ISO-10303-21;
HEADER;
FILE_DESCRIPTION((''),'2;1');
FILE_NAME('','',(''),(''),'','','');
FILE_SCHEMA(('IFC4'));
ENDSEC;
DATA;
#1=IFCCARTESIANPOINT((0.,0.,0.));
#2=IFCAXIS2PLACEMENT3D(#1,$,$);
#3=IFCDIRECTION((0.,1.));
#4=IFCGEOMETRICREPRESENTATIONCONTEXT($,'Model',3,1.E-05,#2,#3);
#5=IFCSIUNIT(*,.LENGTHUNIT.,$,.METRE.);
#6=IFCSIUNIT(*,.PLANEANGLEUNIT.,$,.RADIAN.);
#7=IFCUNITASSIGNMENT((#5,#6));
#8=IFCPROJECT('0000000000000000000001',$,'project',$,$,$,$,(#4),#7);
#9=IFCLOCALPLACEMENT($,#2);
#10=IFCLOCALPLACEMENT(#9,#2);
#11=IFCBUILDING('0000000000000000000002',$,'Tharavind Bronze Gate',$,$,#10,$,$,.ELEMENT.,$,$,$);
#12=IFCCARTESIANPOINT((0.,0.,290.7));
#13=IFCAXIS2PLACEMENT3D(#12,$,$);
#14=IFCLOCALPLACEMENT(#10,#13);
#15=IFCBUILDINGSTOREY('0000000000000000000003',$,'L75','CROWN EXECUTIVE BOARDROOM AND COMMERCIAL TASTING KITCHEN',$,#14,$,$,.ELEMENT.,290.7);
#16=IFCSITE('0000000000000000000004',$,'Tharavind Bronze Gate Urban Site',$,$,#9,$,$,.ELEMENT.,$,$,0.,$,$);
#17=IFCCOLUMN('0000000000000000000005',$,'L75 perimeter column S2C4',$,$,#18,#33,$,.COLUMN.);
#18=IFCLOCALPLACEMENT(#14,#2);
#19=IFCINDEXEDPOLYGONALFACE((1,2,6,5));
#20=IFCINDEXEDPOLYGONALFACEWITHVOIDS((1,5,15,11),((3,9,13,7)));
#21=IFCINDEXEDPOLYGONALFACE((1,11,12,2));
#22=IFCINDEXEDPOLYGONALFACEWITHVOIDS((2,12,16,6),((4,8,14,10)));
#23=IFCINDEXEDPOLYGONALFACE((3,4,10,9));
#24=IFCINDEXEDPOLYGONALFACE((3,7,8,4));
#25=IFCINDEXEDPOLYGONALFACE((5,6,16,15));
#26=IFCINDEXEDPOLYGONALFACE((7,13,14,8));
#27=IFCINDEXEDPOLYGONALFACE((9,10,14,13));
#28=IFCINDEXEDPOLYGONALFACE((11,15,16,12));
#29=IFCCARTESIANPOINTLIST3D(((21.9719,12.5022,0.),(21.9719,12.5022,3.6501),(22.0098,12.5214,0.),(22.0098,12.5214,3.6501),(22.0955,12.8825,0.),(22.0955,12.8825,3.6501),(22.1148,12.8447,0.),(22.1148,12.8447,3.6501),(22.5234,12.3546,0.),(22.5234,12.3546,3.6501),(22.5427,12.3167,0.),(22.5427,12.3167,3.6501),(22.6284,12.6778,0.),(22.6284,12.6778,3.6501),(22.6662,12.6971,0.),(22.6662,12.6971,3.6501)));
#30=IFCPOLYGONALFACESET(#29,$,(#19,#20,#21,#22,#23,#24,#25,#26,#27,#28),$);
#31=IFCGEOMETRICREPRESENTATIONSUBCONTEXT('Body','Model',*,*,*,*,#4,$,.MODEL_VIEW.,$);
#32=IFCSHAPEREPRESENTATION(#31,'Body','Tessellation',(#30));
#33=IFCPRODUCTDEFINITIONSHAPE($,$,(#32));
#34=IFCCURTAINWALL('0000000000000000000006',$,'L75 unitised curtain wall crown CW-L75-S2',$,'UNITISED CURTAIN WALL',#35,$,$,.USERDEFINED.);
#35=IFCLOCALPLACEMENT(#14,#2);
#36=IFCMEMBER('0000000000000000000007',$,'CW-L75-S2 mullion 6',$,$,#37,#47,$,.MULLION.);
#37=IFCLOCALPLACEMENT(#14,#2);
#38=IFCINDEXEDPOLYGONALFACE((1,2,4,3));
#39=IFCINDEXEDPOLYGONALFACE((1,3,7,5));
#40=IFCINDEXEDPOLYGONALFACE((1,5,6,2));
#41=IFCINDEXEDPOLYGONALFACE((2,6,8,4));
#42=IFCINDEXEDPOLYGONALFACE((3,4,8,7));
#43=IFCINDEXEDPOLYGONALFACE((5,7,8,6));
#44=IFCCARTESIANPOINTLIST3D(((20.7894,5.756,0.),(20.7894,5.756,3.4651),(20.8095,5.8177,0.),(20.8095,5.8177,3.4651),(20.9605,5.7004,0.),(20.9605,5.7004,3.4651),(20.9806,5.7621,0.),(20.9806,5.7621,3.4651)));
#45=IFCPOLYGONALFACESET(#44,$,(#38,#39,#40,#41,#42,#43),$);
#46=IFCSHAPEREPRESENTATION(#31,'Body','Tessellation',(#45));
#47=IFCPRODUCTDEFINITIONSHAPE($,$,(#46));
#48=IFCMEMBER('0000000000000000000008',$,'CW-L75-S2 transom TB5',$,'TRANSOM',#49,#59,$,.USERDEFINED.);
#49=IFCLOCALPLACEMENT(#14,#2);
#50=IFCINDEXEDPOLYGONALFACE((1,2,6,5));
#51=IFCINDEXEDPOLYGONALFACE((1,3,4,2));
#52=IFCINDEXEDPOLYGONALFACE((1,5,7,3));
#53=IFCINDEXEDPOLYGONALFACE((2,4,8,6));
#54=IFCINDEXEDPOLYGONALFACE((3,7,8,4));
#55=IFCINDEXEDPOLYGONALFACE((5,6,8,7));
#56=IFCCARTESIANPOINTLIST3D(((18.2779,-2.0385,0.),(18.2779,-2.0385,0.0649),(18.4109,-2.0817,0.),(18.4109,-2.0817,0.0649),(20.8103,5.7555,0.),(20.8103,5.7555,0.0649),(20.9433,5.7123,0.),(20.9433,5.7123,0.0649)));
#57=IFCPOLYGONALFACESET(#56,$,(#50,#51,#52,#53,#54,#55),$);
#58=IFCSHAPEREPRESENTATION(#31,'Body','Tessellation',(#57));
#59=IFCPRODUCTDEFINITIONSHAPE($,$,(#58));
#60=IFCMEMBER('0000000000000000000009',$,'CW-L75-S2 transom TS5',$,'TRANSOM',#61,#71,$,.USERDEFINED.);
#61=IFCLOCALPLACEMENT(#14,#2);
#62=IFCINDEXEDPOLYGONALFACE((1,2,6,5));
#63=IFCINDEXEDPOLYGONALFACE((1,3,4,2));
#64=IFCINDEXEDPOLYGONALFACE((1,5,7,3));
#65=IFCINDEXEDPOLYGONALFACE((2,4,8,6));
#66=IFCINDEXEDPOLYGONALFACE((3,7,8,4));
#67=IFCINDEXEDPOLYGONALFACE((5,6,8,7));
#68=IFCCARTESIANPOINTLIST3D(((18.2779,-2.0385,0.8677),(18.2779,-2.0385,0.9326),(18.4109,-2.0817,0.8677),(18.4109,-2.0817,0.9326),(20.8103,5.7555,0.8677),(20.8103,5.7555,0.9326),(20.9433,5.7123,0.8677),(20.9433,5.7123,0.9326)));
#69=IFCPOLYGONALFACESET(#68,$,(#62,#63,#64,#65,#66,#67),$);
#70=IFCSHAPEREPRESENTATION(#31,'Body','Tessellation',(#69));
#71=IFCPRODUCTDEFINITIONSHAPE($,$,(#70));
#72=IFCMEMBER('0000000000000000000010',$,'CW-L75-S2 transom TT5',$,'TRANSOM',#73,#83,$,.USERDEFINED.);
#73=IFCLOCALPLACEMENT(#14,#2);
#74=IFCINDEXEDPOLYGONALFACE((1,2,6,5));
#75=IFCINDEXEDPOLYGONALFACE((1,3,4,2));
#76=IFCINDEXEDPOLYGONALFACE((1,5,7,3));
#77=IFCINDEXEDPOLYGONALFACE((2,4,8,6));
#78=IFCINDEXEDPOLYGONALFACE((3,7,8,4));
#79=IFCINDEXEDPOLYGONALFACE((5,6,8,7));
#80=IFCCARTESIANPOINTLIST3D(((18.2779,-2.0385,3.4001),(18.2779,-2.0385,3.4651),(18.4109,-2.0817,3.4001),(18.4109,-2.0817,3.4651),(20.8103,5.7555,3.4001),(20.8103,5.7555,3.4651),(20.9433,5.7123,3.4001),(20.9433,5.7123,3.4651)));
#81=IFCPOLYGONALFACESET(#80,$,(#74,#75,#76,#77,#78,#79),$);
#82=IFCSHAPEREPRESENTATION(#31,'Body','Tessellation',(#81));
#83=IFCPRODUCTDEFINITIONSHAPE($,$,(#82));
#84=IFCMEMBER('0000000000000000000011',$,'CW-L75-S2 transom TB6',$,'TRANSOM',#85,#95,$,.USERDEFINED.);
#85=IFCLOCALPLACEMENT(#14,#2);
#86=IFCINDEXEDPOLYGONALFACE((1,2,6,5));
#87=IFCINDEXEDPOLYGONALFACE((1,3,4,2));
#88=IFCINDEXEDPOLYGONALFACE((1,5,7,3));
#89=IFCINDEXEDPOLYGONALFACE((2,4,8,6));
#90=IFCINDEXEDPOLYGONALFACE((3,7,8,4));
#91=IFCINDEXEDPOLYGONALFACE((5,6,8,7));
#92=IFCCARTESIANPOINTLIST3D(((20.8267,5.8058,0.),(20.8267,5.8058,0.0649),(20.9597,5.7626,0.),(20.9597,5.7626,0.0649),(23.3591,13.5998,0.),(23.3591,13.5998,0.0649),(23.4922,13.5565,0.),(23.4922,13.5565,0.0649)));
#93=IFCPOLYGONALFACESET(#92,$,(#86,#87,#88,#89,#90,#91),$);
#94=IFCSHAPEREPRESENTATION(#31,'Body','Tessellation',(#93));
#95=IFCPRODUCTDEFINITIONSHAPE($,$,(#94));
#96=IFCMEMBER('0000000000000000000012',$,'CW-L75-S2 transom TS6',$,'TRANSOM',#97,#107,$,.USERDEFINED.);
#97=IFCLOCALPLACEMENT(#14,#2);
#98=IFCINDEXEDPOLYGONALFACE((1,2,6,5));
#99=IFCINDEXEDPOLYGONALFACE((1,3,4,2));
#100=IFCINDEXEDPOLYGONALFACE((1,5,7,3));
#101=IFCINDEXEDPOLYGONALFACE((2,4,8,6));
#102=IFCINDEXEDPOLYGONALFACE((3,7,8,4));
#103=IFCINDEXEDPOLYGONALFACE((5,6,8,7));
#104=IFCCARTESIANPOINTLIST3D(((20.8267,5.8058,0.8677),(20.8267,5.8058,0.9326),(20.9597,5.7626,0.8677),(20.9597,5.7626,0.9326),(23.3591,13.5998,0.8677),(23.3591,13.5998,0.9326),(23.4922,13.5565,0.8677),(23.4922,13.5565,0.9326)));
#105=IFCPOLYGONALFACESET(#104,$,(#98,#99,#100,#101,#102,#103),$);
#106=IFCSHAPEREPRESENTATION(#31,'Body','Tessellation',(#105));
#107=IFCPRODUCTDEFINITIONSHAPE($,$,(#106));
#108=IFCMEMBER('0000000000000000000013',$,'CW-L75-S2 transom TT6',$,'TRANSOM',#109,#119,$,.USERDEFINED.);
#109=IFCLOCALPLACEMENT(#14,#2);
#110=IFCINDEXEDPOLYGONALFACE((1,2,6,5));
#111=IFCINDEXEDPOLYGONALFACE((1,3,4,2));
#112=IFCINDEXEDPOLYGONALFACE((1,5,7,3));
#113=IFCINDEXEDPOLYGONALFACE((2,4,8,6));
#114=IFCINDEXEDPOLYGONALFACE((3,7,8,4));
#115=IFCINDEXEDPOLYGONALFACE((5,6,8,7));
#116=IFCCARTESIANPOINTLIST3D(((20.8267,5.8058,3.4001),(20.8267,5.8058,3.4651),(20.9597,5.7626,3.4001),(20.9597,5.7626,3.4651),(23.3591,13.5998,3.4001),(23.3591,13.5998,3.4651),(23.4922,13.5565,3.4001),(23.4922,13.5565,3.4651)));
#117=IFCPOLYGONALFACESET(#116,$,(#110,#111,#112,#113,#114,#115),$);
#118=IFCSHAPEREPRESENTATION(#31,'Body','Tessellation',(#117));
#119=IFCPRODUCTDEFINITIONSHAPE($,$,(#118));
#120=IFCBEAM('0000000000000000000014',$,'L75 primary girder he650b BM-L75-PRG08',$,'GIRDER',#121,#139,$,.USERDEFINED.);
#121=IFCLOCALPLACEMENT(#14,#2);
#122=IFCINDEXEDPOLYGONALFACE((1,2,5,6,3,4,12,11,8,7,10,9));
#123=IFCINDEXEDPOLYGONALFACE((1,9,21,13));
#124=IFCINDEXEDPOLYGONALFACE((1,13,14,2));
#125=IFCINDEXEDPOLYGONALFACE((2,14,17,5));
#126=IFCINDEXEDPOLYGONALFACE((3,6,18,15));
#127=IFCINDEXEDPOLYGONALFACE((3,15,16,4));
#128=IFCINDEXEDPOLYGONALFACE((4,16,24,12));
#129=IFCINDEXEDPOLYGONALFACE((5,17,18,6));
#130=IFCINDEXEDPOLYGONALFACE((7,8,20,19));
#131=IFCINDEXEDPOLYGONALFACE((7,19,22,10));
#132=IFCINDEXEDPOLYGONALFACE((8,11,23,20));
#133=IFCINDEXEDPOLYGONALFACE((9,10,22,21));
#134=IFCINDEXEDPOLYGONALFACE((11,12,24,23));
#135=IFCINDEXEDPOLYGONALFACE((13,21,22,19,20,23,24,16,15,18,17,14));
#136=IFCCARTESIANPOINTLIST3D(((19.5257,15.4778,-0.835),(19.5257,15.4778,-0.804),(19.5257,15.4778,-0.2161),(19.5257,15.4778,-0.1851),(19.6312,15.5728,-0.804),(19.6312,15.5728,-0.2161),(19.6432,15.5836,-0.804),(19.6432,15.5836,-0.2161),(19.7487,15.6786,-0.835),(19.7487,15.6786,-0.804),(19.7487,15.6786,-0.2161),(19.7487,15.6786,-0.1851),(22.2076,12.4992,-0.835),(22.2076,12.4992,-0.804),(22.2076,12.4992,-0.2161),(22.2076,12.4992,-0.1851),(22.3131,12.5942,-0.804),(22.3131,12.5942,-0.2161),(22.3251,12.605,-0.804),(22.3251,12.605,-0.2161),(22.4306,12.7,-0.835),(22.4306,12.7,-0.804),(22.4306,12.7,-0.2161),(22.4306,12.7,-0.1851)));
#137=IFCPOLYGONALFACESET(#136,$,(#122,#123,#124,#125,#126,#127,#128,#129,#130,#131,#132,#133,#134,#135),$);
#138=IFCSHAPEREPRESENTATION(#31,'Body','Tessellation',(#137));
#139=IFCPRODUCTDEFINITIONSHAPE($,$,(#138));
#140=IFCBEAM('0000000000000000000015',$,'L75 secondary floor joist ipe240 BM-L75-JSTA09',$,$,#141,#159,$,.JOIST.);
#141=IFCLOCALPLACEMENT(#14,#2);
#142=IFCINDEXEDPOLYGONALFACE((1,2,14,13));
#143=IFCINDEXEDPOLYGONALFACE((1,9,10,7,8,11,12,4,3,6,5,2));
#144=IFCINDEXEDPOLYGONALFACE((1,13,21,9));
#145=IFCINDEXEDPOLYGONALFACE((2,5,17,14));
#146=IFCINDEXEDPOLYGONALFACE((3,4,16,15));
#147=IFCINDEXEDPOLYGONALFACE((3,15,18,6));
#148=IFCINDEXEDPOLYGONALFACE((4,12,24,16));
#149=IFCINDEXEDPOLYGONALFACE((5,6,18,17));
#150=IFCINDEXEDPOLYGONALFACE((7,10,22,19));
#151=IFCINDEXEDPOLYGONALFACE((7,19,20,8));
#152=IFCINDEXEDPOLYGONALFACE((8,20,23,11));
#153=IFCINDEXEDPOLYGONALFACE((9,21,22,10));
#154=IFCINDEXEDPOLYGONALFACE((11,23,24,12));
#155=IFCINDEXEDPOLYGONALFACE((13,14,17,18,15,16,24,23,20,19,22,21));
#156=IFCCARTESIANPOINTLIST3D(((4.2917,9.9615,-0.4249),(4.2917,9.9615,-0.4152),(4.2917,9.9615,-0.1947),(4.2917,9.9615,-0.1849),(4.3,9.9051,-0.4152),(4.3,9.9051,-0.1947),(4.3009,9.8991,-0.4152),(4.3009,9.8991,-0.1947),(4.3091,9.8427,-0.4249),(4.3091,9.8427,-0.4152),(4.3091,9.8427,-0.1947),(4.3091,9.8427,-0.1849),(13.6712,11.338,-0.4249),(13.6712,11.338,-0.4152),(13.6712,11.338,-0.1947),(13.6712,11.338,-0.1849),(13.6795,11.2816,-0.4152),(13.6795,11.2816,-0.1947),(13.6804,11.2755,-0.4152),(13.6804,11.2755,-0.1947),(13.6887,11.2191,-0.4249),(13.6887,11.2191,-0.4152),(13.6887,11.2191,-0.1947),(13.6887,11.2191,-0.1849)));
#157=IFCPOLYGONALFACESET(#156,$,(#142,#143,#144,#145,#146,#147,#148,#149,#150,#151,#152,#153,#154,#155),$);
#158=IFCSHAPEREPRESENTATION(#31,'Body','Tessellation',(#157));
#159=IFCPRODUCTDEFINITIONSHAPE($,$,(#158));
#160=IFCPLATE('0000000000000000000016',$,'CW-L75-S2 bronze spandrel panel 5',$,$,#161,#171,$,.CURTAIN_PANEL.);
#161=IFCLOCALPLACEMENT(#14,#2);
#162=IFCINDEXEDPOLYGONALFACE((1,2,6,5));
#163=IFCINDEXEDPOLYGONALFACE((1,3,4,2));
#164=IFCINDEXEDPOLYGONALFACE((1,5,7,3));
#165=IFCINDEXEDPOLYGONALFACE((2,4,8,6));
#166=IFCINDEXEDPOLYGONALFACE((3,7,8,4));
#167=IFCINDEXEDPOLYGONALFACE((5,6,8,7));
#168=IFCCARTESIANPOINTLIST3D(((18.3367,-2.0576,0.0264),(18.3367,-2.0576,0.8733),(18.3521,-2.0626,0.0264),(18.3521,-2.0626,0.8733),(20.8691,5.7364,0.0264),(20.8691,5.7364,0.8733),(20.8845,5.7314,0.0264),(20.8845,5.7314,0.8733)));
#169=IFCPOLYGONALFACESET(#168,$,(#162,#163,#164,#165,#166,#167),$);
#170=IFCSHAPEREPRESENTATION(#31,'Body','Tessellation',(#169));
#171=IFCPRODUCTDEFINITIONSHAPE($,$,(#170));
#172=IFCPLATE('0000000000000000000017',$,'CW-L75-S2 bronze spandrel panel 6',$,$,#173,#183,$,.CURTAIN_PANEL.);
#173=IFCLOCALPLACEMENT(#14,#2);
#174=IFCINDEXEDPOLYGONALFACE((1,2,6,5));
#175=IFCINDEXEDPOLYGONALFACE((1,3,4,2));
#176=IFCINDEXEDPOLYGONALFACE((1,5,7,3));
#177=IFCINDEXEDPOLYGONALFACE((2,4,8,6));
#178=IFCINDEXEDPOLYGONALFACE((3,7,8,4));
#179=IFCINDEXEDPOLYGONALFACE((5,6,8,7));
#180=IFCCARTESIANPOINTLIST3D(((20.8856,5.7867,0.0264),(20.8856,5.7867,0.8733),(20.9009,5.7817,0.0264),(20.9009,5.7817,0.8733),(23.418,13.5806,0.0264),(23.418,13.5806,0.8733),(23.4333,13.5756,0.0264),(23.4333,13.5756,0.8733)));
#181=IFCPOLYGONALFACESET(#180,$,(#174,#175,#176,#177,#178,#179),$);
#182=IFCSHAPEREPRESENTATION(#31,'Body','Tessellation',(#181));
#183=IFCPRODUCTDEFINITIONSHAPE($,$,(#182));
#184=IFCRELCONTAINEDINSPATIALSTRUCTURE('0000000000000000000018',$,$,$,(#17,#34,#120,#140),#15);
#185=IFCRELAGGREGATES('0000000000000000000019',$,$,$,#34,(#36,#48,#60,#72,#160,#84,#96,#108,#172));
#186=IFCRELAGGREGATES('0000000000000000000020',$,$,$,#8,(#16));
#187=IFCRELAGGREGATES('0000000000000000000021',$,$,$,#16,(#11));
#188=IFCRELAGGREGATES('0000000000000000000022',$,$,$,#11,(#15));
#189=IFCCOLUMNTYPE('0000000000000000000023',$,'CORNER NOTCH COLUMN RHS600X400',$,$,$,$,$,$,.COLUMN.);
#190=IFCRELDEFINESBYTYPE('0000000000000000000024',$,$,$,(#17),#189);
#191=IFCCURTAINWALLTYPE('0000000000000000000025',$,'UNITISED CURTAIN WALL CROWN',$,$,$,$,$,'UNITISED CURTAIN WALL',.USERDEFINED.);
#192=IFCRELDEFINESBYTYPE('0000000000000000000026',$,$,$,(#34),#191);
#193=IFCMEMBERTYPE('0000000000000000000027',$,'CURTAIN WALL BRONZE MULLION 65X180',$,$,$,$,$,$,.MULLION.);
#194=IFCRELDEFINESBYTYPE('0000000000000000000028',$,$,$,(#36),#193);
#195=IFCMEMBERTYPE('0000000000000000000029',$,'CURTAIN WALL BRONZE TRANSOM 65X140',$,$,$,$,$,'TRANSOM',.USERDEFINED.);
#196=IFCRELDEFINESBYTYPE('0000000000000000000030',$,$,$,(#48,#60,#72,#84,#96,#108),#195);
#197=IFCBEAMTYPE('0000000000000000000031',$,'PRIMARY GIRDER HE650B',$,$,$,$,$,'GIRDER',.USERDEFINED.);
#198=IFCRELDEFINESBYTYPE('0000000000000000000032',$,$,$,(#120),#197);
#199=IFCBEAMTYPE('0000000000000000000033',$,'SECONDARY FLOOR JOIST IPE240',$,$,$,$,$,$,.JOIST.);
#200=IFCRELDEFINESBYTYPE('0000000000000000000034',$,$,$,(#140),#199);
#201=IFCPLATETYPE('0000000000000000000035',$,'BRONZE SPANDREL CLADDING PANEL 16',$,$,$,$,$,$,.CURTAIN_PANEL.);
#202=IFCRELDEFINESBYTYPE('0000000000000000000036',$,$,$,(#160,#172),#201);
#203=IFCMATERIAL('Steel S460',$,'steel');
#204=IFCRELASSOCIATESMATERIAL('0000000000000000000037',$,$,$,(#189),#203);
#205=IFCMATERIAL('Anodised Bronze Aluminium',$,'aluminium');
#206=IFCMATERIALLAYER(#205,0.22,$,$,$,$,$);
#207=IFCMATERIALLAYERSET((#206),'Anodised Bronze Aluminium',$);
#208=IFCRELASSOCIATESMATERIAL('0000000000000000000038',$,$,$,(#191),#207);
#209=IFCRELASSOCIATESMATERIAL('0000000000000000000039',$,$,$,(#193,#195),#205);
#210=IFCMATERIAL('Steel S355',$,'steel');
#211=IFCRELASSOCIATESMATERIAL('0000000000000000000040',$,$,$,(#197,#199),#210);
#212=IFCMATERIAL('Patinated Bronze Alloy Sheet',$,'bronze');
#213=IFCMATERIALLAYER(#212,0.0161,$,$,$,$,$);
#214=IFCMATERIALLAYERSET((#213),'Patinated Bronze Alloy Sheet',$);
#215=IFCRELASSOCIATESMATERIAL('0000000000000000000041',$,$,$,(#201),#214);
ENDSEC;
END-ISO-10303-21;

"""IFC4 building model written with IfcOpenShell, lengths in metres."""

from ifc_helpers import new_model, si_unit, direction, frame, origin, origin_2d, place, context, subcontext, project, spatial, rectangle, hollow_rectangle, i_section, extrude, material, layer, layer_set, material_profile, profile_set, type_object, element, aggregate, save


model = new_model("IFC4")

# Units and contexts
model_context = context("Model", 3, precision=1e-05, world=origin(), true_north=direction((0.0, 1.0)))
body_context = subcontext(model_context, "Body", "Model", "MODEL_VIEW")
ifc_project = project(units=[si_unit("LENGTHUNIT", "METRE"), si_unit("PLANEANGLEUNIT", "RADIAN")], contexts=[model_context])

# Site, building, storey
site_placement = place(None, origin())
site = spatial("IfcSite", under=ifc_project, at=site_placement, Name="Tharavind Bronze Gate Urban Site", CompositionType="ELEMENT", RefElevation=0.0)
building_placement = place(site_placement, origin())
building = spatial("IfcBuilding", under=site, at=building_placement, Name="Tharavind Bronze Gate", CompositionType="ELEMENT")
storey_placement = place(building_placement, frame((0.0, 0.0, 290.7)))
storey = spatial("IfcBuildingStorey", under=building, at=storey_placement, Name="L75", Description="CROWN EXECUTIVE BOARDROOM AND COMMERCIAL TASTING KITCHEN", CompositionType="ELEMENT", Elevation=290.7)

# Column
ifc_material_1 = material(Name="Steel S460", Category="steel")
ifc_material_profile_1 = material_profile(ifc_material_1, hollow_rectangle(XDim=0.3999, YDim=0.6001, WallThickness=0.03, at=origin_2d()), Name="RHS600X400X30")
ifc_profile_set_1 = profile_set([ifc_material_profile_1], Name="Steel S460")
column_type = type_object("IfcColumnType", Name="CORNER NOTCH COLUMN RHS600X400", PredefinedType="COLUMN", material=ifc_profile_set_1)
column_placement = place(storey_placement, frame((22.3191, 12.5996, 0.0), z_axis=(0.0, 0.0, 1.0), x_axis=(0.309019, 0.951056, 0.0)))
element("IfcColumn", 1, at=column_placement, inside=storey, type_object=column_type, Name="L75 perimeter column S2C4", PredefinedType="COLUMN", context=body_context, shape_type="SweptSolid", body=[
    extrude(hollow_rectangle(XDim=0.3999, YDim=0.6001, WallThickness=0.03, at=origin_2d()), origin(), (0.0, 0.0, 1.0), 3.6501),
])

# Curtain wall, members
ifc_material_2 = material(Name="Anodised Bronze Aluminium", Category="aluminium")
ifc_layer_1 = layer(ifc_material_2, 0.22)
ifc_layer_set_1 = layer_set([ifc_layer_1], Name="Anodised Bronze Aluminium")
curtain_wall_type = type_object("IfcCurtainWallType", Name="UNITISED CURTAIN WALL CROWN", ElementType="UNITISED CURTAIN WALL", PredefinedType="USERDEFINED", material=ifc_layer_set_1)
curtain_wall_placement = place(storey_placement, origin())
curtain_wall = element("IfcCurtainWall", 2, at=curtain_wall_placement, inside=storey, type_object=curtain_wall_type, Name="L75 unitised curtain wall crown CW-L75-S2", ObjectType="UNITISED CURTAIN WALL", PredefinedType="USERDEFINED")
member_type_1 = type_object("IfcMemberType", Name="CURTAIN WALL BRONZE MULLION 65X180", PredefinedType="MULLION", material=ifc_material_2)
member_1_placement = place(storey_placement, frame((20.885, 5.759, 0.0), z_axis=(0.0, 0.0, 1.0), x_axis=(0.309017, 0.951057, 0.0)))
member_1 = element("IfcMember", 3, at=member_1_placement, type_object=member_type_1, Name="CW-L75-S2 mullion 6", PredefinedType="MULLION", context=body_context, shape_type="SweptSolid", body=[
    extrude(rectangle(XDim=0.0649, YDim=0.1799, at=origin_2d()), origin(), (0.0, 0.0, 1.0), 3.4651),
])
member_type_2 = type_object("IfcMemberType", Name="CURTAIN WALL BRONZE TRANSOM 65X140", ElementType="TRANSOM", PredefinedType="USERDEFINED", material=ifc_material_2)
member_2_placement = place(storey_placement, frame((19.6106, 1.8369, 0.0), z_axis=(0.0, 0.0, 1.0), x_axis=(0.309017, 0.951057, 0.0)))
member_2 = element("IfcMember", 4, at=member_2_placement, type_object=member_type_2, Name="CW-L75-S2 transom TB5", ObjectType="TRANSOM", PredefinedType="USERDEFINED", context=body_context, shape_type="SweptSolid", body=[
    extrude(rectangle(XDim=8.1951, YDim=0.1399, at=origin_2d()), origin(), (0.0, 0.0, 1.0), 0.0649),
])
member_3_placement = place(storey_placement, frame((19.6106, 1.8369, 0.8677), z_axis=(0.0, 0.0, 1.0), x_axis=(0.309017, 0.951057, 0.0)))
member_3 = element("IfcMember", 5, at=member_3_placement, type_object=member_type_2, Name="CW-L75-S2 transom TS5", ObjectType="TRANSOM", PredefinedType="USERDEFINED", context=body_context, shape_type="SweptSolid", body=[
    extrude(rectangle(XDim=8.1951, YDim=0.1399, at=origin_2d()), origin(), (0.0, 0.0, 1.0), 0.0649),
])
member_4_placement = place(storey_placement, frame((19.6106, 1.8369, 3.4001), z_axis=(0.0, 0.0, 1.0), x_axis=(0.309017, 0.951057, 0.0)))
member_4 = element("IfcMember", 6, at=member_4_placement, type_object=member_type_2, Name="CW-L75-S2 transom TT5", ObjectType="TRANSOM", PredefinedType="USERDEFINED", context=body_context, shape_type="SweptSolid", body=[
    extrude(rectangle(XDim=8.1951, YDim=0.1399, at=origin_2d()), origin(), (0.0, 0.0, 1.0), 0.0649),
])
member_5_placement = place(storey_placement, frame((22.1594, 9.6812, 0.0), z_axis=(0.0, 0.0, 1.0), x_axis=(0.309017, 0.951057, 0.0)))
member_5 = element("IfcMember", 7, at=member_5_placement, type_object=member_type_2, Name="CW-L75-S2 transom TB6", ObjectType="TRANSOM", PredefinedType="USERDEFINED", context=body_context, shape_type="SweptSolid", body=[
    extrude(rectangle(XDim=8.1951, YDim=0.1399, at=origin_2d()), origin(), (0.0, 0.0, 1.0), 0.0649),
])
member_6_placement = place(storey_placement, frame((22.1594, 9.6812, 0.8677), z_axis=(0.0, 0.0, 1.0), x_axis=(0.309017, 0.951057, 0.0)))
member_6 = element("IfcMember", 8, at=member_6_placement, type_object=member_type_2, Name="CW-L75-S2 transom TS6", ObjectType="TRANSOM", PredefinedType="USERDEFINED", context=body_context, shape_type="SweptSolid", body=[
    extrude(rectangle(XDim=8.1951, YDim=0.1399, at=origin_2d()), origin(), (0.0, 0.0, 1.0), 0.0649),
])
member_7_placement = place(storey_placement, frame((22.1594, 9.6812, 3.4001), z_axis=(0.0, 0.0, 1.0), x_axis=(0.309017, 0.951057, 0.0)))
member_7 = element("IfcMember", 9, at=member_7_placement, type_object=member_type_2, Name="CW-L75-S2 transom TT6", ObjectType="TRANSOM", PredefinedType="USERDEFINED", context=body_context, shape_type="SweptSolid", body=[
    extrude(rectangle(XDim=8.1951, YDim=0.1399, at=origin_2d()), origin(), (0.0, 0.0, 1.0), 0.0649),
])

# Beams
ifc_material_3 = material(Name="Steel S355", Category="steel")
ifc_material_profile_2 = material_profile(ifc_material_3, i_section(OverallWidth=0.3, OverallDepth=0.6499, WebThickness=0.0161, FlangeThickness=0.031, at=origin_2d()), Name="HE650B")
ifc_profile_set_2 = profile_set([ifc_material_profile_2], Name="Steel S355")
beam_type_1 = type_object("IfcBeamType", Name="PRIMARY GIRDER HE650B", ElementType="GIRDER", PredefinedType="USERDEFINED", material=ifc_profile_set_2)
beam_1_placement = place(storey_placement, frame((22.3191, 12.5996, -0.51), z_axis=(-0.669133, 0.743143, 0.0), x_axis=(-0.743143, -0.669133, 0.0)))
element("IfcBeam", 10, at=beam_1_placement, inside=storey, type_object=beam_type_1, Name="L75 primary girder he650b BM-L75-PRG08", ObjectType="GIRDER", PredefinedType="USERDEFINED", context=body_context, shape_type="SweptSolid", body=[
    extrude(i_section(OverallWidth=0.3, OverallDepth=0.6499, WebThickness=0.0161, FlangeThickness=0.031, at=origin_2d()), origin(), (0.0, 0.0, 1.0), 4.0081),
])
ifc_material_profile_3 = material_profile(ifc_material_3, i_section(OverallWidth=0.1201, OverallDepth=0.24, WebThickness=0.0061, FlangeThickness=0.0098, at=origin_2d()), Name="IPE240")
ifc_profile_set_3 = profile_set([ifc_material_profile_3], Name="Steel S355")
beam_type_2 = type_object("IfcBeamType", Name="SECONDARY FLOOR JOIST IPE240", PredefinedType="JOIST", material=ifc_profile_set_3)
beam_2_placement = place(storey_placement, frame((13.6799, 11.2786, -0.3049), z_axis=(-0.989403, -0.145195, 0.0), x_axis=(0.145195, -0.989403, 0.0)))
element("IfcBeam", 11, at=beam_2_placement, inside=storey, type_object=beam_type_2, Name="L75 secondary floor joist ipe240 BM-L75-JSTA09", PredefinedType="JOIST", context=body_context, shape_type="SweptSolid", body=[
    extrude(i_section(OverallWidth=0.1201, OverallDepth=0.24, WebThickness=0.0061, FlangeThickness=0.0098, at=origin_2d()), origin(), (0.0, 0.0, 1.0), 9.48),
])

# Plates
ifc_material_4 = material(Name="Patinated Bronze Alloy Sheet", Category="bronze")
ifc_layer_2 = layer(ifc_material_4, 0.0161)
ifc_layer_set_2 = layer_set([ifc_layer_2], Name="Patinated Bronze Alloy Sheet")
plate_type_1 = type_object("IfcPlateType", Name="BRONZE SPANDREL CLADDING PANEL 16", PredefinedType="CURTAIN_PANEL", material=ifc_layer_set_2)
plate_1_placement = place(storey_placement, frame((19.6106, 1.8369, 0.0264), z_axis=(0.0, 0.0, 1.0), x_axis=(0.309017, 0.951057, 0.0)))
plate_1 = element("IfcPlate", 12, at=plate_1_placement, type_object=plate_type_1, Name="CW-L75-S2 bronze spandrel panel 5", PredefinedType="CURTAIN_PANEL", context=body_context, shape_type="SweptSolid", body=[
    extrude(rectangle(XDim=8.1951, YDim=0.0161, at=origin_2d()), origin(), (0.0, 0.0, 1.0), 0.8469),
])
plate_2_placement = place(storey_placement, frame((22.1594, 9.6812, 0.0264), z_axis=(0.0, 0.0, 1.0), x_axis=(0.309017, 0.951057, 0.0)))
plate_2 = element("IfcPlate", 13, at=plate_2_placement, type_object=plate_type_1, Name="CW-L75-S2 bronze spandrel panel 6", PredefinedType="CURTAIN_PANEL", context=body_context, shape_type="SweptSolid", body=[
    extrude(rectangle(XDim=8.1951, YDim=0.0161, at=origin_2d()), origin(), (0.0, 0.0, 1.0), 0.8469),
])
aggregate(curtain_wall, [member_1, member_2, member_3, member_4, plate_1, member_5, member_6, member_7, plate_2])

save(model, "model.ifc")
